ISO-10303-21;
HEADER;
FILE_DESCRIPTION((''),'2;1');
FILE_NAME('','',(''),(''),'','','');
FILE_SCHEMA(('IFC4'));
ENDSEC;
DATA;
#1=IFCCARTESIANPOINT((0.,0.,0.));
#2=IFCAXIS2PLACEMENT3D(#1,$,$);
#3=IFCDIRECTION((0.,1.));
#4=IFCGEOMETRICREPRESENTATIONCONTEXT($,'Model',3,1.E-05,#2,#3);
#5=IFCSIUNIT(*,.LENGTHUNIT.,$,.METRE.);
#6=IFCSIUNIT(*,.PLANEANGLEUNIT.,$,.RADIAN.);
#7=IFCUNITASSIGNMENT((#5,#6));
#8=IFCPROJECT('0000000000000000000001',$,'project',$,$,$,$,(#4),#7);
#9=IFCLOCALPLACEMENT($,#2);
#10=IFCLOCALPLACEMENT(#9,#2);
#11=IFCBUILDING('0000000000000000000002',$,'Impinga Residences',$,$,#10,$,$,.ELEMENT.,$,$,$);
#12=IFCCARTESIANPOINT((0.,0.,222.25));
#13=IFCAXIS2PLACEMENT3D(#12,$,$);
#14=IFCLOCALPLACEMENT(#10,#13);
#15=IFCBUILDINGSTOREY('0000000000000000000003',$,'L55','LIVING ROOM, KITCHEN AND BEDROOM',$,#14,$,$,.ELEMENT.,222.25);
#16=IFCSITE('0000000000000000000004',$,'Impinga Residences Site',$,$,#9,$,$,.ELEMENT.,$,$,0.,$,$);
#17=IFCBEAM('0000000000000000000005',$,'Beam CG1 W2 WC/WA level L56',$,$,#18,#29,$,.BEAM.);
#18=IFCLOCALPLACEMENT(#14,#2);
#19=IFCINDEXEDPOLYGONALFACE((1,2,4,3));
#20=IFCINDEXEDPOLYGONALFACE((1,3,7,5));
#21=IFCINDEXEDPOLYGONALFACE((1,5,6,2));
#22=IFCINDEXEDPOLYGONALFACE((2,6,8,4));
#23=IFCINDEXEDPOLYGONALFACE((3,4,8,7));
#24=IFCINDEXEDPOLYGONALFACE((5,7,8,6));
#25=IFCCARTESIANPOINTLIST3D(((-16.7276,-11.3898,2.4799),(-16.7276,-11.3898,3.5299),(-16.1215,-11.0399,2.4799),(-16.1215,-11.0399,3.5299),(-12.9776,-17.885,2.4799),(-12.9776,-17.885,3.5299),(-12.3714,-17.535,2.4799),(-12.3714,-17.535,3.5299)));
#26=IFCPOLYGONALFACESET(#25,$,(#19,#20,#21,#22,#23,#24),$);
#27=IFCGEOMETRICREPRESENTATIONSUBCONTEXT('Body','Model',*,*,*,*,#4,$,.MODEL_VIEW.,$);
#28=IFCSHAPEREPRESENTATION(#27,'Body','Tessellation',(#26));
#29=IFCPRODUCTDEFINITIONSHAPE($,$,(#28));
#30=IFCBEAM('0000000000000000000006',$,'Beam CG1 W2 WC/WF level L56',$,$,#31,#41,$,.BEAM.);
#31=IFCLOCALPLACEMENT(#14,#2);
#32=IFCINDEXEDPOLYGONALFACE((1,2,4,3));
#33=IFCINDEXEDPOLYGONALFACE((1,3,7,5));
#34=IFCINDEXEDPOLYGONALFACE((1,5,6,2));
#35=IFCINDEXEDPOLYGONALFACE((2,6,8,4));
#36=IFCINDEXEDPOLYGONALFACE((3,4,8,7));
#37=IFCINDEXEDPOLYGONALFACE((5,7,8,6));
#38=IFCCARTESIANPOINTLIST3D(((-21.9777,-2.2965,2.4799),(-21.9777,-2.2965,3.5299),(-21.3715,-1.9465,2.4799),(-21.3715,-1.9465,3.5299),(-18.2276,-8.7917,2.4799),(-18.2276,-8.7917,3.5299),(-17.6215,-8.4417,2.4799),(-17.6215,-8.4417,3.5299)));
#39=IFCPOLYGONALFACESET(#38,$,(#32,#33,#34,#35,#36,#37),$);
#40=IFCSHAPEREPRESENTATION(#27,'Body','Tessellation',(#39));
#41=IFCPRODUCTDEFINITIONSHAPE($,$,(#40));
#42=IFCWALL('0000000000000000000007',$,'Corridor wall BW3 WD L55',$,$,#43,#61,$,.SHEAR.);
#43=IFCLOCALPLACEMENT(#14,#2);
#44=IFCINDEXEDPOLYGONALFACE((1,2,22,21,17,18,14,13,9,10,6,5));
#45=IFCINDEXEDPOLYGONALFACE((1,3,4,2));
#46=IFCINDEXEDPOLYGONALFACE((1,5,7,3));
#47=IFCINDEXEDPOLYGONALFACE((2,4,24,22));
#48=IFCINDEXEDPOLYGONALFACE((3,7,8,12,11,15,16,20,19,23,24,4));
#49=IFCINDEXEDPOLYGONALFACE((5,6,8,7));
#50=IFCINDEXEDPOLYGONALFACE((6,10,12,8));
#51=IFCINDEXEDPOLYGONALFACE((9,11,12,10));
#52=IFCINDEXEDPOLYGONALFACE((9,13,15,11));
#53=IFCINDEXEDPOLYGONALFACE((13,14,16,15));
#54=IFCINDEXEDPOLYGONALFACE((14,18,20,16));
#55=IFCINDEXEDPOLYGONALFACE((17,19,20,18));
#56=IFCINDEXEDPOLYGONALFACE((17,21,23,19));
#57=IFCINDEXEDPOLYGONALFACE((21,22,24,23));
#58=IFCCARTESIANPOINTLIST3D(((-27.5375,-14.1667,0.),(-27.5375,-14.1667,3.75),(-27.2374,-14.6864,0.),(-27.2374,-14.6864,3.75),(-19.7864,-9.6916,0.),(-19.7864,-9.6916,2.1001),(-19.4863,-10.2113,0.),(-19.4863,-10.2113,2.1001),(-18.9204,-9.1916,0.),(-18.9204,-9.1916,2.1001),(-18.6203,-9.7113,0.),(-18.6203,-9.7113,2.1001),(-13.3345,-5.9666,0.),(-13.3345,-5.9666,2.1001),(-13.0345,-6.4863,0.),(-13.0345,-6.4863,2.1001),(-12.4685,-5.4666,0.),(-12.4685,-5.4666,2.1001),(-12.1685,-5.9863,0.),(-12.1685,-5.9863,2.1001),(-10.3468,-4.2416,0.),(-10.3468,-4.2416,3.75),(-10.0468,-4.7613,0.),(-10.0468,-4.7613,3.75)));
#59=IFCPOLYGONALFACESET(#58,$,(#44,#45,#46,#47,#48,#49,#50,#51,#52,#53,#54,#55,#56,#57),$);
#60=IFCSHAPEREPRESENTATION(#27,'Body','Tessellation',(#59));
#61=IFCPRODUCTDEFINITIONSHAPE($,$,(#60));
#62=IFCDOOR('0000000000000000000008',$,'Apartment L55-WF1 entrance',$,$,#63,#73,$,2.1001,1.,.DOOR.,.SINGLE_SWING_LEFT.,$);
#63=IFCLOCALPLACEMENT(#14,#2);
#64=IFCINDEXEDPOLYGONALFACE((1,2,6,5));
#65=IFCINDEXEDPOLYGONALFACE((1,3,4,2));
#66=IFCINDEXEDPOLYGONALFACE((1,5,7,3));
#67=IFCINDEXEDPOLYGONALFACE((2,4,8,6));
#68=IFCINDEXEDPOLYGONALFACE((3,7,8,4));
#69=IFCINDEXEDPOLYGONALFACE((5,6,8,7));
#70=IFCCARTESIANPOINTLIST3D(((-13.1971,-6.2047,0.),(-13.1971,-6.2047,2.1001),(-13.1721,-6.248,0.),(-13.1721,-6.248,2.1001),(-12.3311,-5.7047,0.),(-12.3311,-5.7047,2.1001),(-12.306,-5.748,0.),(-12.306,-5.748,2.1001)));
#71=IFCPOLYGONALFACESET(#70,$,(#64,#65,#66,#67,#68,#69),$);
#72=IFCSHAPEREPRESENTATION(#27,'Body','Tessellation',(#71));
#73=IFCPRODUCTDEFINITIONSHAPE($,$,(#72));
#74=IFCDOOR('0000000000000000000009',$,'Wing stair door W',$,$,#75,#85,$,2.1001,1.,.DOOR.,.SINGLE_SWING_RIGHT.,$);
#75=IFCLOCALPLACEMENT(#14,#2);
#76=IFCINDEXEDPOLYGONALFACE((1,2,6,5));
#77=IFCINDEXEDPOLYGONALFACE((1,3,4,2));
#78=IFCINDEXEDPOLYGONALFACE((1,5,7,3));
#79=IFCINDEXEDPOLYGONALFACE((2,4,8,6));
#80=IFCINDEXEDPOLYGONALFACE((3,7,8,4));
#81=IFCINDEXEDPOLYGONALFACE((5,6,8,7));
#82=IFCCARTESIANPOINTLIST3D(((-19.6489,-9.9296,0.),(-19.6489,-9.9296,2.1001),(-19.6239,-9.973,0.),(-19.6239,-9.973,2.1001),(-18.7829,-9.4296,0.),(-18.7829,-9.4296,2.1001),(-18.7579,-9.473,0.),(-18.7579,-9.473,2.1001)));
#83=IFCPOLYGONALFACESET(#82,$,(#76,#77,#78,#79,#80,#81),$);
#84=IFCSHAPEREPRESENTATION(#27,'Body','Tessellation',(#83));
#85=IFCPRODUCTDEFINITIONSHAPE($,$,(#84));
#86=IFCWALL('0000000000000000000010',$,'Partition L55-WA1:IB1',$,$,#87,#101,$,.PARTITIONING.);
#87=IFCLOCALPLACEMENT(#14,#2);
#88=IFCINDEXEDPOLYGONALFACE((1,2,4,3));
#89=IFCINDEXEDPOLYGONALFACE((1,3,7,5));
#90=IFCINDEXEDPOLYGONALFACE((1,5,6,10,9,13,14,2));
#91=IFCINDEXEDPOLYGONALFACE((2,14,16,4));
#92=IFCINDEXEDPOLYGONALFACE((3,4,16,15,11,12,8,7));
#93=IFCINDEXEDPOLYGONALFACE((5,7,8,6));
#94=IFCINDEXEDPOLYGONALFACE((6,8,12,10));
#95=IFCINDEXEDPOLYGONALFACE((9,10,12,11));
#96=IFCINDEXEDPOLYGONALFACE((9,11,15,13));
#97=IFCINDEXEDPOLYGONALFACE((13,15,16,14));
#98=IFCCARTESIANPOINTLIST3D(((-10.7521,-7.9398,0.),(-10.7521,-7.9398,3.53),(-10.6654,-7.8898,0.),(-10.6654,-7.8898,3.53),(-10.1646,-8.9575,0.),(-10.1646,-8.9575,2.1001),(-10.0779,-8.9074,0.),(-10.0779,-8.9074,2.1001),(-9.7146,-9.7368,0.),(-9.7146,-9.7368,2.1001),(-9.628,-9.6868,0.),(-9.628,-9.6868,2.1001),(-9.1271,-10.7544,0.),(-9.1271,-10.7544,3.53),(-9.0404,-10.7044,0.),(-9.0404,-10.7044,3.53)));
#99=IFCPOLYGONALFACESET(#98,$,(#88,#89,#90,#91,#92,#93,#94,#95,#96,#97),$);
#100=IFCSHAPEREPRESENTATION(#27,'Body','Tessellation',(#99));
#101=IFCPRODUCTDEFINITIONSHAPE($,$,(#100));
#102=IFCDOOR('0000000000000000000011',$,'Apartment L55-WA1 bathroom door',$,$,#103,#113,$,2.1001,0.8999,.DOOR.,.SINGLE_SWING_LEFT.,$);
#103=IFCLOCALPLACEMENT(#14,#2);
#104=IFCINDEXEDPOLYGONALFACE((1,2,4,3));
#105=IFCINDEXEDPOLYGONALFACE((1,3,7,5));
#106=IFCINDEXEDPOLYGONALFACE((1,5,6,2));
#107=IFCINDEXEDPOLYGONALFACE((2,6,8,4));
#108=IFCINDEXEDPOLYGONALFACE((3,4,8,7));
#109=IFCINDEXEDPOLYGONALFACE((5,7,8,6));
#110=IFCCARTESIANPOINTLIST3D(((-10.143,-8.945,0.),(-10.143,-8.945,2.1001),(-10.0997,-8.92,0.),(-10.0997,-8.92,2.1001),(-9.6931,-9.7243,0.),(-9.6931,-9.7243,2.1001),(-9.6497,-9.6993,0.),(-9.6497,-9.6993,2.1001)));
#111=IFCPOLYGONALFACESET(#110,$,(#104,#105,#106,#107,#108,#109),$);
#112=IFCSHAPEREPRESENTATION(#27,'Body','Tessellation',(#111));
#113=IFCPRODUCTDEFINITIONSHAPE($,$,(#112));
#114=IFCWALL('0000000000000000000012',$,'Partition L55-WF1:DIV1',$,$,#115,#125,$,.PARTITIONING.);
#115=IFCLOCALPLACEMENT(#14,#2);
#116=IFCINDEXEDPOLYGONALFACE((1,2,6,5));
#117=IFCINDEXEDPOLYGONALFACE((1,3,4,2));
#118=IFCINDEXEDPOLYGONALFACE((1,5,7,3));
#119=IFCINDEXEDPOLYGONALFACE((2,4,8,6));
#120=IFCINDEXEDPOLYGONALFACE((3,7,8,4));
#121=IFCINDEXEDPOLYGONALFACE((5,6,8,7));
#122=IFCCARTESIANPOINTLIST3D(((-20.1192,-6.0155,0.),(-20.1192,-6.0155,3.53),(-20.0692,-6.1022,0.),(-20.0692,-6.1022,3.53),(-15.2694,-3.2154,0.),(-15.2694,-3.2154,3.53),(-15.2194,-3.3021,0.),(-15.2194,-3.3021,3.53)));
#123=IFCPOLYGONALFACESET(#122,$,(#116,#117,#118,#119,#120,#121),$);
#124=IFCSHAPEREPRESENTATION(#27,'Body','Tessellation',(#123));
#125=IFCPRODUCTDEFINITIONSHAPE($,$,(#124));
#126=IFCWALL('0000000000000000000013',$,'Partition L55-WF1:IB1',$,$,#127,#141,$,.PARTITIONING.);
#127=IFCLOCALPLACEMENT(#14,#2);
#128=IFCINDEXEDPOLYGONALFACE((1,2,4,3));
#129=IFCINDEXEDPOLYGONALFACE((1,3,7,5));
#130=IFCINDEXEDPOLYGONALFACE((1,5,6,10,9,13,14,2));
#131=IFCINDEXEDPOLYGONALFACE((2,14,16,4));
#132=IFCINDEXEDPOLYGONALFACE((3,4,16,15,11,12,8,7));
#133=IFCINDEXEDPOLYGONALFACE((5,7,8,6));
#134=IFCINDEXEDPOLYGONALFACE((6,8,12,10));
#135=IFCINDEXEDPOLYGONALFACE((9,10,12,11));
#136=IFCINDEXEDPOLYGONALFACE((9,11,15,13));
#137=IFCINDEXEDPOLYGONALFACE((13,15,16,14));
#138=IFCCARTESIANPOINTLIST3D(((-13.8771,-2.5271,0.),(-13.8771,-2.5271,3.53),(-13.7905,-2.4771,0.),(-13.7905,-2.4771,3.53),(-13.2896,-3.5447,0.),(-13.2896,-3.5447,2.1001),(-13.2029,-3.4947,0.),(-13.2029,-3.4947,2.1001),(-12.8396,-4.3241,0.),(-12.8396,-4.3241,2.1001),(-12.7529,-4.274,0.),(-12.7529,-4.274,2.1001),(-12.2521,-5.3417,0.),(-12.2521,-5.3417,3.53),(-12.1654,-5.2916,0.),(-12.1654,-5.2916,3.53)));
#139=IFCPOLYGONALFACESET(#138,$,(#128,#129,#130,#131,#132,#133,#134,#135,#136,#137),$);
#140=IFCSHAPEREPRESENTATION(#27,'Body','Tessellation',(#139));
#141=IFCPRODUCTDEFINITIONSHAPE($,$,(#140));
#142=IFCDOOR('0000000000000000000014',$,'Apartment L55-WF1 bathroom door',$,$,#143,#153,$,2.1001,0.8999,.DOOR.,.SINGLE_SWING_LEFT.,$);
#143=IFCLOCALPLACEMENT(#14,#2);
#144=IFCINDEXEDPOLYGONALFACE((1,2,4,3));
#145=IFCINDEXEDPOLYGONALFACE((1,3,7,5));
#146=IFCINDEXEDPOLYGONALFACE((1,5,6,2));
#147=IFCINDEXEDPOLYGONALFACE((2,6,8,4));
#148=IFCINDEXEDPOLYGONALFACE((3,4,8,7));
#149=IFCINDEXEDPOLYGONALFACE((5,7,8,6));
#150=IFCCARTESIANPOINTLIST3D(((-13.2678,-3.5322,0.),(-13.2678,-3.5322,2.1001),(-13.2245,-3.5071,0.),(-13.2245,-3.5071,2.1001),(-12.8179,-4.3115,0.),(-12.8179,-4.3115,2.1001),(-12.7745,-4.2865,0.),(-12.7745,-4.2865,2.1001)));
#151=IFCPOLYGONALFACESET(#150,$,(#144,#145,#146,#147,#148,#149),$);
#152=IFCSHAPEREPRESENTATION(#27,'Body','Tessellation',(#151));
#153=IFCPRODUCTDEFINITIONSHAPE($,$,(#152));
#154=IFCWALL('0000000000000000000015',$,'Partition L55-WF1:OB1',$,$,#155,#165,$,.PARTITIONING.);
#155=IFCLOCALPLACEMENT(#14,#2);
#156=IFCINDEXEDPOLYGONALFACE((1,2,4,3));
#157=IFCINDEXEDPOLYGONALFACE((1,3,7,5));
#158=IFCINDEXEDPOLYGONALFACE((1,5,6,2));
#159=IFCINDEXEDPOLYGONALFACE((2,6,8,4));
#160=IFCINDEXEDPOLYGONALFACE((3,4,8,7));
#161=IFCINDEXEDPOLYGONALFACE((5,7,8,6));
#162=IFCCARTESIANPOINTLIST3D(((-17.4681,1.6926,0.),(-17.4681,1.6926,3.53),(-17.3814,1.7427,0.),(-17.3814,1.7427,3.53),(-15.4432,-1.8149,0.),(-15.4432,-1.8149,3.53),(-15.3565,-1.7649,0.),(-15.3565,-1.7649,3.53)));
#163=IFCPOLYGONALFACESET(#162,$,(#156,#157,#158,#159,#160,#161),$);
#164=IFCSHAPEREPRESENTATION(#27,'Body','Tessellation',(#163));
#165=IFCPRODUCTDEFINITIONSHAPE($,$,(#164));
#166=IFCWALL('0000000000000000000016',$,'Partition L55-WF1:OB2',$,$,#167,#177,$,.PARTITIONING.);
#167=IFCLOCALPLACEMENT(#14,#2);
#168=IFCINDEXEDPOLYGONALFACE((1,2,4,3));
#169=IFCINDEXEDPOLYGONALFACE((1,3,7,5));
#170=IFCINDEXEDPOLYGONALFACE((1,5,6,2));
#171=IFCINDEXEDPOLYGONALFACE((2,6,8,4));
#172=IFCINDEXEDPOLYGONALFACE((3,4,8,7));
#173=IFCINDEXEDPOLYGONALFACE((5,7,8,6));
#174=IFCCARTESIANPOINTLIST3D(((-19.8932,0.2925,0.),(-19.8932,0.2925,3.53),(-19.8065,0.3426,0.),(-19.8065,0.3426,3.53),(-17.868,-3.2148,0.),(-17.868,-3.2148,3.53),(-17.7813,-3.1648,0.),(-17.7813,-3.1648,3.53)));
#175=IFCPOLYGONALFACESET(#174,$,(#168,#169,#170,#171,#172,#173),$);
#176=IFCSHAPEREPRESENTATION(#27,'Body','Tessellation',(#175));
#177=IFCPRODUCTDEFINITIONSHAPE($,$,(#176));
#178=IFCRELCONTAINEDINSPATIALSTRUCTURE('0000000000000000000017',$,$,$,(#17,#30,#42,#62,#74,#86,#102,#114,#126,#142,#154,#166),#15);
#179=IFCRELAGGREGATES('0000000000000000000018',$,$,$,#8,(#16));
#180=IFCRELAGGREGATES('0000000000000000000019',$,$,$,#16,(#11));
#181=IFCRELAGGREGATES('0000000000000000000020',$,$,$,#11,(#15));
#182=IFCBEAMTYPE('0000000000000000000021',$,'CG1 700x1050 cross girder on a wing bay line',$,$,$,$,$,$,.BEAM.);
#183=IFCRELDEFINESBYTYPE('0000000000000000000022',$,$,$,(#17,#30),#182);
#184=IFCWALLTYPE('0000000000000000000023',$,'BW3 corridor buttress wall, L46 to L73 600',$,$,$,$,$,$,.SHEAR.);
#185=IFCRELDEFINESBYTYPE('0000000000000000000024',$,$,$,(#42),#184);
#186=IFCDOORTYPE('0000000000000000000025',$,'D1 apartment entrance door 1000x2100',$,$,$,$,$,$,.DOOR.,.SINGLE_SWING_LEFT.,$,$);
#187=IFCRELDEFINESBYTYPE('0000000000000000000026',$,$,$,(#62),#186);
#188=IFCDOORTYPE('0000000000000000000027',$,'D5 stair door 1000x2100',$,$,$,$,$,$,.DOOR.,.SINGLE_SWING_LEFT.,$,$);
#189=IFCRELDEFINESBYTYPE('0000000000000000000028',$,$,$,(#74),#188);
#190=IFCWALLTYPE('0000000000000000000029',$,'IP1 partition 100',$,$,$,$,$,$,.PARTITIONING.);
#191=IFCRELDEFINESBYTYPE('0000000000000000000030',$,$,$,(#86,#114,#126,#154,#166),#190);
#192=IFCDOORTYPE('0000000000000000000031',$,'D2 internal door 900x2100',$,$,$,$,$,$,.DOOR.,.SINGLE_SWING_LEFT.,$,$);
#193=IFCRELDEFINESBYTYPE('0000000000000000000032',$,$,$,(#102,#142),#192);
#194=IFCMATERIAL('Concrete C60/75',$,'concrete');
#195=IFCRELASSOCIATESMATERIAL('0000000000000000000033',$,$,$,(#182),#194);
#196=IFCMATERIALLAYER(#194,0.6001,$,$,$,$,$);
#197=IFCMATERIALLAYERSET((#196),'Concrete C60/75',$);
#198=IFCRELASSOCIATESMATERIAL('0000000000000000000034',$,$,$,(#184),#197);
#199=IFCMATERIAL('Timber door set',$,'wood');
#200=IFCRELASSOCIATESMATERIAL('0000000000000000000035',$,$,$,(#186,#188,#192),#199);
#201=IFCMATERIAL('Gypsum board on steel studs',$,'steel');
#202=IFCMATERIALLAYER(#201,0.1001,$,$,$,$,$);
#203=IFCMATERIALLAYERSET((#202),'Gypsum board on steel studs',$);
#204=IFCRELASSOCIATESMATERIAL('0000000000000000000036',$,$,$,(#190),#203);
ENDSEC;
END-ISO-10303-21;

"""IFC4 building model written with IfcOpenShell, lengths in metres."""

from ifc_helpers import new_model, si_unit, direction, frame, frame_2d, origin, origin_2d, place, context, subcontext, project, spatial, rectangle, extrude, material, layer, layer_set, material_profile, profile_set, type_object, element, fill, save


model = new_model("IFC4")

# Units and contexts
model_context = context("Model", 3, precision=1e-05, world=origin(), true_north=direction((0.0, 1.0)))
body_context = subcontext(model_context, "Body", "Model", "MODEL_VIEW")
ifc_project = project(units=[si_unit("LENGTHUNIT", "METRE"), si_unit("PLANEANGLEUNIT", "RADIAN")], contexts=[model_context])

# Site, building, storey
site_placement = place(None, origin())
site = spatial("IfcSite", under=ifc_project, at=site_placement, Name="Impinga Residences Site", CompositionType="ELEMENT", RefElevation=0.0)
building_placement = place(site_placement, origin())
building = spatial("IfcBuilding", under=site, at=building_placement, Name="Impinga Residences", CompositionType="ELEMENT")
storey_placement = place(building_placement, frame((0.0, 0.0, 222.25)))
storey = spatial("IfcBuildingStorey", under=building, at=storey_placement, Name="L55", Description="LIVING ROOM, KITCHEN AND BEDROOM", CompositionType="ELEMENT", Elevation=222.25)

# Beams
ifc_material_1 = material(Name="Concrete C60/75", Category="concrete")
ifc_material_profile = material_profile(ifc_material_1, rectangle(XDim=0.7, YDim=1.05, at=origin_2d()), Name="RC 700x1050")
ifc_profile_set = profile_set([ifc_material_profile], Name="Concrete C60/75")
beam_type = type_object("IfcBeamType", Name="CG1 700x1050 cross girder on a wing bay line", PredefinedType="BEAM", material=ifc_profile_set)
for number, where, z_axis, x_axis, name in (
    (1, (-16.4246, -11.2148, 3.0049), (0.500004, -0.866023, 0.0), (0.866023, 0.500004, 0.0), "Beam CG1 W2 WC/WA level L56"),
    (2, (-17.9246, -8.6167, 3.0049), (-0.500004, 0.866023, 0.0), (-0.866023, -0.500004, 0.0), "Beam CG1 W2 WC/WF level L56"),
):
    element("IfcBeam", number, at=place(storey_placement, frame(where, z_axis=z_axis, x_axis=x_axis)), inside=storey, type_object=beam_type, Name=name, PredefinedType="BEAM", context=body_context, shape_type="SweptSolid", body=[
        extrude(rectangle(XDim=0.7, YDim=1.05, at=origin_2d()), origin(), (0.0, 0.0, 1.0), 7.5),
    ])

# Wall, openings, doors
ifc_layer_1 = layer(ifc_material_1, 0.6001)
ifc_layer_set_1 = layer_set([ifc_layer_1], Name="Concrete C60/75")
wall_type_1 = type_object("IfcWallType", Name="BW3 corridor buttress wall, L46 to L73 600", PredefinedType="SHEAR", material=ifc_layer_set_1)
wall_1_placement = place(storey_placement, frame((-10.1968, -4.5015, 0.0), z_axis=(0.0, 0.0, 1.0), x_axis=(-0.866025, -0.5, 0.0)))
wall_1 = element("IfcWall", 3, at=wall_1_placement, inside=storey, type_object=wall_type_1, Name="Corridor wall BW3 WD L55", PredefinedType="SHEAR", context=body_context, shape_type="SweptSolid", body=[
    extrude(rectangle(XDim=19.8501, YDim=0.6001, at=frame_2d((9.925, 0.0))), origin(), (0.0, 0.0, 1.0), 3.75),
])
opening_1_placement = place(wall_1_placement, frame((9.8999, 0.0, 0.0)))
opening_1 = element("IfcOpeningElement", 4, at=opening_1_placement, cuts=wall_1, PredefinedType="OPENING", context=body_context, shape_type="SweptSolid", body=[
    extrude(rectangle(XDim=1.0, YDim=2.1001, at=frame_2d((0.5, 1.05))), frame((0.0, 0.3101, 0.0), z_axis=(0.0, -1.0, 0.0), x_axis=(1.0, 0.0, 0.0)), (0.0, 0.0, 1.0), 0.6201),
])
opening_2_placement = place(wall_1_placement, frame((2.45, 0.0, 0.0)))
opening_2 = element("IfcOpeningElement", 5, at=opening_2_placement, cuts=wall_1, PredefinedType="OPENING", context=body_context, shape_type="SweptSolid", body=[
    extrude(rectangle(XDim=1.0, YDim=2.1001, at=frame_2d((0.5, 1.05))), frame((0.0, 0.3101, 0.0), z_axis=(0.0, -1.0, 0.0), x_axis=(1.0, 0.0, 0.0)), (0.0, 0.0, 1.0), 0.6201),
])
ifc_material_2 = material(Name="Timber door set", Category="wood")
door_type_1 = type_object("IfcDoorType", Name="D1 apartment entrance door 1000x2100", OperationType="SINGLE_SWING_LEFT", PredefinedType="DOOR", material=ifc_material_2)
door_1_placement = place(opening_2_placement, origin())
door_1 = element("IfcDoor", 6, at=door_1_placement, inside=storey, type_object=door_type_1, Name="Apartment L55-WF1 entrance", OperationType="SINGLE_SWING_LEFT", OverallHeight=2.1001, OverallWidth=1.0, PredefinedType="DOOR", context=body_context, shape_type="SweptSolid", body=[
    extrude(rectangle(XDim=1.0, YDim=2.1001, at=frame_2d((0.5, 1.05))), frame((0.0, 0.0249, 0.0), z_axis=(0.0, -1.0, 0.0), x_axis=(1.0, 0.0, 0.0)), (0.0, 0.0, 1.0), 0.05),
])
fill(opening_2, door_1)
door_type_2 = type_object("IfcDoorType", Name="D5 stair door 1000x2100", OperationType="SINGLE_SWING_LEFT", PredefinedType="DOOR", material=ifc_material_2)
door_2_placement = place(opening_1_placement, origin())
door_2 = element("IfcDoor", 7, at=door_2_placement, inside=storey, type_object=door_type_2, Name="Wing stair door W", OperationType="SINGLE_SWING_RIGHT", OverallHeight=2.1001, OverallWidth=1.0, PredefinedType="DOOR", context=body_context, shape_type="SweptSolid", body=[
    extrude(rectangle(XDim=1.0, YDim=2.1001, at=frame_2d((0.5, 1.05))), frame((0.0, 0.0249, 0.0), z_axis=(0.0, -1.0, 0.0), x_axis=(1.0, 0.0, 0.0)), (0.0, 0.0, 1.0), 0.05),
])
fill(opening_1, door_2)

# Wall, opening, door
ifc_material_3 = material(Name="Gypsum board on steel studs", Category="steel")
ifc_layer_2 = layer(ifc_material_3, 0.1001)
ifc_layer_set_2 = layer_set([ifc_layer_2], Name="Gypsum board on steel studs")
wall_type_2 = type_object("IfcWallType", Name="IP1 partition 100", PredefinedType="PARTITIONING", material=ifc_layer_set_2)
wall_2_placement = place(storey_placement, frame((-10.7087, -7.9148, 0.0), z_axis=(0.0, 0.0, 1.0), x_axis=(0.499985, -0.866034, 0.0)))
wall_2 = element("IfcWall", 8, at=wall_2_placement, inside=storey, type_object=wall_type_2, Name="Partition L55-WA1:IB1", PredefinedType="PARTITIONING", context=body_context, shape_type="SweptSolid", body=[
    extrude(rectangle(XDim=3.25, YDim=0.1001, at=frame_2d((1.625, 0.0))), origin(), (0.0, 0.0, 1.0), 3.53),
])
opening_3_placement = place(wall_2_placement, frame((1.175, 0.0, 0.0)))
opening_3 = element("IfcOpeningElement", 9, at=opening_3_placement, cuts=wall_2, PredefinedType="OPENING", context=body_context, shape_type="SweptSolid", body=[
    extrude(rectangle(XDim=0.8999, YDim=2.1001, at=frame_2d((0.45, 1.05))), frame((0.0, 0.0601, 0.0), z_axis=(0.0, -1.0, 0.0), x_axis=(1.0, 0.0, 0.0)), (0.0, 0.0, 1.0), 0.1201),
])
door_type_3 = type_object("IfcDoorType", Name="D2 internal door 900x2100", OperationType="SINGLE_SWING_LEFT", PredefinedType="DOOR", material=ifc_material_2)
door_3_placement = place(opening_3_placement, origin())
door_3 = element("IfcDoor", 10, at=door_3_placement, inside=storey, type_object=door_type_3, Name="Apartment L55-WA1 bathroom door", OperationType="SINGLE_SWING_LEFT", OverallHeight=2.1001, OverallWidth=0.8999, PredefinedType="DOOR", context=body_context, shape_type="SweptSolid", body=[
    extrude(rectangle(XDim=0.8999, YDim=2.1001, at=frame_2d((0.45, 1.05))), frame((0.0, 0.0249, 0.0), z_axis=(0.0, -1.0, 0.0), x_axis=(1.0, 0.0, 0.0)), (0.0, 0.0, 1.0), 0.05),
])
fill(opening_3, door_3)

# Wall
wall_3_placement = place(storey_placement, frame((-15.2444, -3.2588, 0.0), z_axis=(0.0, 0.0, 1.0), x_axis=(-0.866027, -0.499998, 0.0)))
element("IfcWall", 11, at=wall_3_placement, inside=storey, type_object=wall_type_2, Name="Partition L55-WF1:DIV1", PredefinedType="PARTITIONING", context=body_context, shape_type="SweptSolid", body=[
    extrude(rectangle(XDim=5.6001, YDim=0.1001, at=frame_2d((2.8, 0.0))), origin(), (0.0, 0.0, 1.0), 3.53),
])

# Wall, opening, door
wall_4_placement = place(storey_placement, frame((-12.2087, -5.3167, 0.0), z_axis=(0.0, 0.0, 1.0), x_axis=(-0.500017, 0.866015, 0.0)))
wall_4 = element("IfcWall", 12, at=wall_4_placement, inside=storey, type_object=wall_type_2, Name="Partition L55-WF1:IB1", PredefinedType="PARTITIONING", context=body_context, shape_type="SweptSolid", body=[
    extrude(rectangle(XDim=3.25, YDim=0.1001, at=frame_2d((1.625, 0.0))), origin(), (0.0, 0.0, 1.0), 3.53),
])
opening_4_placement = place(wall_4_placement, frame((1.175, 0.0, 0.0)))
opening_4 = element("IfcOpeningElement", 13, at=opening_4_placement, cuts=wall_4, PredefinedType="OPENING", context=body_context, shape_type="SweptSolid", body=[
    extrude(rectangle(XDim=0.8999, YDim=2.1001, at=frame_2d((0.45, 1.05))), frame((0.0, 0.0601, 0.0), z_axis=(0.0, -1.0, 0.0), x_axis=(1.0, 0.0, 0.0)), (0.0, 0.0, 1.0), 0.1201),
])
door_4_placement = place(opening_4_placement, origin())
door_4 = element("IfcDoor", 14, at=door_4_placement, inside=storey, type_object=door_type_3, Name="Apartment L55-WF1 bathroom door", OperationType="SINGLE_SWING_LEFT", OverallHeight=2.1001, OverallWidth=0.8999, PredefinedType="DOOR", context=body_context, shape_type="SweptSolid", body=[
    extrude(rectangle(XDim=0.8999, YDim=2.1001, at=frame_2d((0.45, 1.05))), frame((0.0, 0.0249, 0.0), z_axis=(0.0, -1.0, 0.0), x_axis=(1.0, 0.0, 0.0)), (0.0, 0.0, 1.0), 0.05),
])
fill(opening_4, door_4)

# Walls
for number, where, z_axis, x_axis, name in (
    (15, (-15.3999, -1.7898, 0.0), (0.0, 0.0, 1.0), (-0.499964, 0.866046, 0.0), "Partition L55-WF1:OB1"),
    (16, (-17.8247, -3.1897, 0.0), (0.0, 0.0, 1.0), (-0.500036, 0.866005, 0.0), "Partition L55-WF1:OB2"),
):
    element("IfcWall", number, at=place(storey_placement, frame(where, z_axis=z_axis, x_axis=x_axis)), inside=storey, type_object=wall_type_2, Name=name, PredefinedType="PARTITIONING", context=body_context, shape_type="SweptSolid", body=[
        extrude(rectangle(XDim=4.05, YDim=0.1001, at=frame_2d((2.0249, 0.0))), origin(), (0.0, 0.0, 1.0), 3.53),
    ])

save(model, "model.ifc")
